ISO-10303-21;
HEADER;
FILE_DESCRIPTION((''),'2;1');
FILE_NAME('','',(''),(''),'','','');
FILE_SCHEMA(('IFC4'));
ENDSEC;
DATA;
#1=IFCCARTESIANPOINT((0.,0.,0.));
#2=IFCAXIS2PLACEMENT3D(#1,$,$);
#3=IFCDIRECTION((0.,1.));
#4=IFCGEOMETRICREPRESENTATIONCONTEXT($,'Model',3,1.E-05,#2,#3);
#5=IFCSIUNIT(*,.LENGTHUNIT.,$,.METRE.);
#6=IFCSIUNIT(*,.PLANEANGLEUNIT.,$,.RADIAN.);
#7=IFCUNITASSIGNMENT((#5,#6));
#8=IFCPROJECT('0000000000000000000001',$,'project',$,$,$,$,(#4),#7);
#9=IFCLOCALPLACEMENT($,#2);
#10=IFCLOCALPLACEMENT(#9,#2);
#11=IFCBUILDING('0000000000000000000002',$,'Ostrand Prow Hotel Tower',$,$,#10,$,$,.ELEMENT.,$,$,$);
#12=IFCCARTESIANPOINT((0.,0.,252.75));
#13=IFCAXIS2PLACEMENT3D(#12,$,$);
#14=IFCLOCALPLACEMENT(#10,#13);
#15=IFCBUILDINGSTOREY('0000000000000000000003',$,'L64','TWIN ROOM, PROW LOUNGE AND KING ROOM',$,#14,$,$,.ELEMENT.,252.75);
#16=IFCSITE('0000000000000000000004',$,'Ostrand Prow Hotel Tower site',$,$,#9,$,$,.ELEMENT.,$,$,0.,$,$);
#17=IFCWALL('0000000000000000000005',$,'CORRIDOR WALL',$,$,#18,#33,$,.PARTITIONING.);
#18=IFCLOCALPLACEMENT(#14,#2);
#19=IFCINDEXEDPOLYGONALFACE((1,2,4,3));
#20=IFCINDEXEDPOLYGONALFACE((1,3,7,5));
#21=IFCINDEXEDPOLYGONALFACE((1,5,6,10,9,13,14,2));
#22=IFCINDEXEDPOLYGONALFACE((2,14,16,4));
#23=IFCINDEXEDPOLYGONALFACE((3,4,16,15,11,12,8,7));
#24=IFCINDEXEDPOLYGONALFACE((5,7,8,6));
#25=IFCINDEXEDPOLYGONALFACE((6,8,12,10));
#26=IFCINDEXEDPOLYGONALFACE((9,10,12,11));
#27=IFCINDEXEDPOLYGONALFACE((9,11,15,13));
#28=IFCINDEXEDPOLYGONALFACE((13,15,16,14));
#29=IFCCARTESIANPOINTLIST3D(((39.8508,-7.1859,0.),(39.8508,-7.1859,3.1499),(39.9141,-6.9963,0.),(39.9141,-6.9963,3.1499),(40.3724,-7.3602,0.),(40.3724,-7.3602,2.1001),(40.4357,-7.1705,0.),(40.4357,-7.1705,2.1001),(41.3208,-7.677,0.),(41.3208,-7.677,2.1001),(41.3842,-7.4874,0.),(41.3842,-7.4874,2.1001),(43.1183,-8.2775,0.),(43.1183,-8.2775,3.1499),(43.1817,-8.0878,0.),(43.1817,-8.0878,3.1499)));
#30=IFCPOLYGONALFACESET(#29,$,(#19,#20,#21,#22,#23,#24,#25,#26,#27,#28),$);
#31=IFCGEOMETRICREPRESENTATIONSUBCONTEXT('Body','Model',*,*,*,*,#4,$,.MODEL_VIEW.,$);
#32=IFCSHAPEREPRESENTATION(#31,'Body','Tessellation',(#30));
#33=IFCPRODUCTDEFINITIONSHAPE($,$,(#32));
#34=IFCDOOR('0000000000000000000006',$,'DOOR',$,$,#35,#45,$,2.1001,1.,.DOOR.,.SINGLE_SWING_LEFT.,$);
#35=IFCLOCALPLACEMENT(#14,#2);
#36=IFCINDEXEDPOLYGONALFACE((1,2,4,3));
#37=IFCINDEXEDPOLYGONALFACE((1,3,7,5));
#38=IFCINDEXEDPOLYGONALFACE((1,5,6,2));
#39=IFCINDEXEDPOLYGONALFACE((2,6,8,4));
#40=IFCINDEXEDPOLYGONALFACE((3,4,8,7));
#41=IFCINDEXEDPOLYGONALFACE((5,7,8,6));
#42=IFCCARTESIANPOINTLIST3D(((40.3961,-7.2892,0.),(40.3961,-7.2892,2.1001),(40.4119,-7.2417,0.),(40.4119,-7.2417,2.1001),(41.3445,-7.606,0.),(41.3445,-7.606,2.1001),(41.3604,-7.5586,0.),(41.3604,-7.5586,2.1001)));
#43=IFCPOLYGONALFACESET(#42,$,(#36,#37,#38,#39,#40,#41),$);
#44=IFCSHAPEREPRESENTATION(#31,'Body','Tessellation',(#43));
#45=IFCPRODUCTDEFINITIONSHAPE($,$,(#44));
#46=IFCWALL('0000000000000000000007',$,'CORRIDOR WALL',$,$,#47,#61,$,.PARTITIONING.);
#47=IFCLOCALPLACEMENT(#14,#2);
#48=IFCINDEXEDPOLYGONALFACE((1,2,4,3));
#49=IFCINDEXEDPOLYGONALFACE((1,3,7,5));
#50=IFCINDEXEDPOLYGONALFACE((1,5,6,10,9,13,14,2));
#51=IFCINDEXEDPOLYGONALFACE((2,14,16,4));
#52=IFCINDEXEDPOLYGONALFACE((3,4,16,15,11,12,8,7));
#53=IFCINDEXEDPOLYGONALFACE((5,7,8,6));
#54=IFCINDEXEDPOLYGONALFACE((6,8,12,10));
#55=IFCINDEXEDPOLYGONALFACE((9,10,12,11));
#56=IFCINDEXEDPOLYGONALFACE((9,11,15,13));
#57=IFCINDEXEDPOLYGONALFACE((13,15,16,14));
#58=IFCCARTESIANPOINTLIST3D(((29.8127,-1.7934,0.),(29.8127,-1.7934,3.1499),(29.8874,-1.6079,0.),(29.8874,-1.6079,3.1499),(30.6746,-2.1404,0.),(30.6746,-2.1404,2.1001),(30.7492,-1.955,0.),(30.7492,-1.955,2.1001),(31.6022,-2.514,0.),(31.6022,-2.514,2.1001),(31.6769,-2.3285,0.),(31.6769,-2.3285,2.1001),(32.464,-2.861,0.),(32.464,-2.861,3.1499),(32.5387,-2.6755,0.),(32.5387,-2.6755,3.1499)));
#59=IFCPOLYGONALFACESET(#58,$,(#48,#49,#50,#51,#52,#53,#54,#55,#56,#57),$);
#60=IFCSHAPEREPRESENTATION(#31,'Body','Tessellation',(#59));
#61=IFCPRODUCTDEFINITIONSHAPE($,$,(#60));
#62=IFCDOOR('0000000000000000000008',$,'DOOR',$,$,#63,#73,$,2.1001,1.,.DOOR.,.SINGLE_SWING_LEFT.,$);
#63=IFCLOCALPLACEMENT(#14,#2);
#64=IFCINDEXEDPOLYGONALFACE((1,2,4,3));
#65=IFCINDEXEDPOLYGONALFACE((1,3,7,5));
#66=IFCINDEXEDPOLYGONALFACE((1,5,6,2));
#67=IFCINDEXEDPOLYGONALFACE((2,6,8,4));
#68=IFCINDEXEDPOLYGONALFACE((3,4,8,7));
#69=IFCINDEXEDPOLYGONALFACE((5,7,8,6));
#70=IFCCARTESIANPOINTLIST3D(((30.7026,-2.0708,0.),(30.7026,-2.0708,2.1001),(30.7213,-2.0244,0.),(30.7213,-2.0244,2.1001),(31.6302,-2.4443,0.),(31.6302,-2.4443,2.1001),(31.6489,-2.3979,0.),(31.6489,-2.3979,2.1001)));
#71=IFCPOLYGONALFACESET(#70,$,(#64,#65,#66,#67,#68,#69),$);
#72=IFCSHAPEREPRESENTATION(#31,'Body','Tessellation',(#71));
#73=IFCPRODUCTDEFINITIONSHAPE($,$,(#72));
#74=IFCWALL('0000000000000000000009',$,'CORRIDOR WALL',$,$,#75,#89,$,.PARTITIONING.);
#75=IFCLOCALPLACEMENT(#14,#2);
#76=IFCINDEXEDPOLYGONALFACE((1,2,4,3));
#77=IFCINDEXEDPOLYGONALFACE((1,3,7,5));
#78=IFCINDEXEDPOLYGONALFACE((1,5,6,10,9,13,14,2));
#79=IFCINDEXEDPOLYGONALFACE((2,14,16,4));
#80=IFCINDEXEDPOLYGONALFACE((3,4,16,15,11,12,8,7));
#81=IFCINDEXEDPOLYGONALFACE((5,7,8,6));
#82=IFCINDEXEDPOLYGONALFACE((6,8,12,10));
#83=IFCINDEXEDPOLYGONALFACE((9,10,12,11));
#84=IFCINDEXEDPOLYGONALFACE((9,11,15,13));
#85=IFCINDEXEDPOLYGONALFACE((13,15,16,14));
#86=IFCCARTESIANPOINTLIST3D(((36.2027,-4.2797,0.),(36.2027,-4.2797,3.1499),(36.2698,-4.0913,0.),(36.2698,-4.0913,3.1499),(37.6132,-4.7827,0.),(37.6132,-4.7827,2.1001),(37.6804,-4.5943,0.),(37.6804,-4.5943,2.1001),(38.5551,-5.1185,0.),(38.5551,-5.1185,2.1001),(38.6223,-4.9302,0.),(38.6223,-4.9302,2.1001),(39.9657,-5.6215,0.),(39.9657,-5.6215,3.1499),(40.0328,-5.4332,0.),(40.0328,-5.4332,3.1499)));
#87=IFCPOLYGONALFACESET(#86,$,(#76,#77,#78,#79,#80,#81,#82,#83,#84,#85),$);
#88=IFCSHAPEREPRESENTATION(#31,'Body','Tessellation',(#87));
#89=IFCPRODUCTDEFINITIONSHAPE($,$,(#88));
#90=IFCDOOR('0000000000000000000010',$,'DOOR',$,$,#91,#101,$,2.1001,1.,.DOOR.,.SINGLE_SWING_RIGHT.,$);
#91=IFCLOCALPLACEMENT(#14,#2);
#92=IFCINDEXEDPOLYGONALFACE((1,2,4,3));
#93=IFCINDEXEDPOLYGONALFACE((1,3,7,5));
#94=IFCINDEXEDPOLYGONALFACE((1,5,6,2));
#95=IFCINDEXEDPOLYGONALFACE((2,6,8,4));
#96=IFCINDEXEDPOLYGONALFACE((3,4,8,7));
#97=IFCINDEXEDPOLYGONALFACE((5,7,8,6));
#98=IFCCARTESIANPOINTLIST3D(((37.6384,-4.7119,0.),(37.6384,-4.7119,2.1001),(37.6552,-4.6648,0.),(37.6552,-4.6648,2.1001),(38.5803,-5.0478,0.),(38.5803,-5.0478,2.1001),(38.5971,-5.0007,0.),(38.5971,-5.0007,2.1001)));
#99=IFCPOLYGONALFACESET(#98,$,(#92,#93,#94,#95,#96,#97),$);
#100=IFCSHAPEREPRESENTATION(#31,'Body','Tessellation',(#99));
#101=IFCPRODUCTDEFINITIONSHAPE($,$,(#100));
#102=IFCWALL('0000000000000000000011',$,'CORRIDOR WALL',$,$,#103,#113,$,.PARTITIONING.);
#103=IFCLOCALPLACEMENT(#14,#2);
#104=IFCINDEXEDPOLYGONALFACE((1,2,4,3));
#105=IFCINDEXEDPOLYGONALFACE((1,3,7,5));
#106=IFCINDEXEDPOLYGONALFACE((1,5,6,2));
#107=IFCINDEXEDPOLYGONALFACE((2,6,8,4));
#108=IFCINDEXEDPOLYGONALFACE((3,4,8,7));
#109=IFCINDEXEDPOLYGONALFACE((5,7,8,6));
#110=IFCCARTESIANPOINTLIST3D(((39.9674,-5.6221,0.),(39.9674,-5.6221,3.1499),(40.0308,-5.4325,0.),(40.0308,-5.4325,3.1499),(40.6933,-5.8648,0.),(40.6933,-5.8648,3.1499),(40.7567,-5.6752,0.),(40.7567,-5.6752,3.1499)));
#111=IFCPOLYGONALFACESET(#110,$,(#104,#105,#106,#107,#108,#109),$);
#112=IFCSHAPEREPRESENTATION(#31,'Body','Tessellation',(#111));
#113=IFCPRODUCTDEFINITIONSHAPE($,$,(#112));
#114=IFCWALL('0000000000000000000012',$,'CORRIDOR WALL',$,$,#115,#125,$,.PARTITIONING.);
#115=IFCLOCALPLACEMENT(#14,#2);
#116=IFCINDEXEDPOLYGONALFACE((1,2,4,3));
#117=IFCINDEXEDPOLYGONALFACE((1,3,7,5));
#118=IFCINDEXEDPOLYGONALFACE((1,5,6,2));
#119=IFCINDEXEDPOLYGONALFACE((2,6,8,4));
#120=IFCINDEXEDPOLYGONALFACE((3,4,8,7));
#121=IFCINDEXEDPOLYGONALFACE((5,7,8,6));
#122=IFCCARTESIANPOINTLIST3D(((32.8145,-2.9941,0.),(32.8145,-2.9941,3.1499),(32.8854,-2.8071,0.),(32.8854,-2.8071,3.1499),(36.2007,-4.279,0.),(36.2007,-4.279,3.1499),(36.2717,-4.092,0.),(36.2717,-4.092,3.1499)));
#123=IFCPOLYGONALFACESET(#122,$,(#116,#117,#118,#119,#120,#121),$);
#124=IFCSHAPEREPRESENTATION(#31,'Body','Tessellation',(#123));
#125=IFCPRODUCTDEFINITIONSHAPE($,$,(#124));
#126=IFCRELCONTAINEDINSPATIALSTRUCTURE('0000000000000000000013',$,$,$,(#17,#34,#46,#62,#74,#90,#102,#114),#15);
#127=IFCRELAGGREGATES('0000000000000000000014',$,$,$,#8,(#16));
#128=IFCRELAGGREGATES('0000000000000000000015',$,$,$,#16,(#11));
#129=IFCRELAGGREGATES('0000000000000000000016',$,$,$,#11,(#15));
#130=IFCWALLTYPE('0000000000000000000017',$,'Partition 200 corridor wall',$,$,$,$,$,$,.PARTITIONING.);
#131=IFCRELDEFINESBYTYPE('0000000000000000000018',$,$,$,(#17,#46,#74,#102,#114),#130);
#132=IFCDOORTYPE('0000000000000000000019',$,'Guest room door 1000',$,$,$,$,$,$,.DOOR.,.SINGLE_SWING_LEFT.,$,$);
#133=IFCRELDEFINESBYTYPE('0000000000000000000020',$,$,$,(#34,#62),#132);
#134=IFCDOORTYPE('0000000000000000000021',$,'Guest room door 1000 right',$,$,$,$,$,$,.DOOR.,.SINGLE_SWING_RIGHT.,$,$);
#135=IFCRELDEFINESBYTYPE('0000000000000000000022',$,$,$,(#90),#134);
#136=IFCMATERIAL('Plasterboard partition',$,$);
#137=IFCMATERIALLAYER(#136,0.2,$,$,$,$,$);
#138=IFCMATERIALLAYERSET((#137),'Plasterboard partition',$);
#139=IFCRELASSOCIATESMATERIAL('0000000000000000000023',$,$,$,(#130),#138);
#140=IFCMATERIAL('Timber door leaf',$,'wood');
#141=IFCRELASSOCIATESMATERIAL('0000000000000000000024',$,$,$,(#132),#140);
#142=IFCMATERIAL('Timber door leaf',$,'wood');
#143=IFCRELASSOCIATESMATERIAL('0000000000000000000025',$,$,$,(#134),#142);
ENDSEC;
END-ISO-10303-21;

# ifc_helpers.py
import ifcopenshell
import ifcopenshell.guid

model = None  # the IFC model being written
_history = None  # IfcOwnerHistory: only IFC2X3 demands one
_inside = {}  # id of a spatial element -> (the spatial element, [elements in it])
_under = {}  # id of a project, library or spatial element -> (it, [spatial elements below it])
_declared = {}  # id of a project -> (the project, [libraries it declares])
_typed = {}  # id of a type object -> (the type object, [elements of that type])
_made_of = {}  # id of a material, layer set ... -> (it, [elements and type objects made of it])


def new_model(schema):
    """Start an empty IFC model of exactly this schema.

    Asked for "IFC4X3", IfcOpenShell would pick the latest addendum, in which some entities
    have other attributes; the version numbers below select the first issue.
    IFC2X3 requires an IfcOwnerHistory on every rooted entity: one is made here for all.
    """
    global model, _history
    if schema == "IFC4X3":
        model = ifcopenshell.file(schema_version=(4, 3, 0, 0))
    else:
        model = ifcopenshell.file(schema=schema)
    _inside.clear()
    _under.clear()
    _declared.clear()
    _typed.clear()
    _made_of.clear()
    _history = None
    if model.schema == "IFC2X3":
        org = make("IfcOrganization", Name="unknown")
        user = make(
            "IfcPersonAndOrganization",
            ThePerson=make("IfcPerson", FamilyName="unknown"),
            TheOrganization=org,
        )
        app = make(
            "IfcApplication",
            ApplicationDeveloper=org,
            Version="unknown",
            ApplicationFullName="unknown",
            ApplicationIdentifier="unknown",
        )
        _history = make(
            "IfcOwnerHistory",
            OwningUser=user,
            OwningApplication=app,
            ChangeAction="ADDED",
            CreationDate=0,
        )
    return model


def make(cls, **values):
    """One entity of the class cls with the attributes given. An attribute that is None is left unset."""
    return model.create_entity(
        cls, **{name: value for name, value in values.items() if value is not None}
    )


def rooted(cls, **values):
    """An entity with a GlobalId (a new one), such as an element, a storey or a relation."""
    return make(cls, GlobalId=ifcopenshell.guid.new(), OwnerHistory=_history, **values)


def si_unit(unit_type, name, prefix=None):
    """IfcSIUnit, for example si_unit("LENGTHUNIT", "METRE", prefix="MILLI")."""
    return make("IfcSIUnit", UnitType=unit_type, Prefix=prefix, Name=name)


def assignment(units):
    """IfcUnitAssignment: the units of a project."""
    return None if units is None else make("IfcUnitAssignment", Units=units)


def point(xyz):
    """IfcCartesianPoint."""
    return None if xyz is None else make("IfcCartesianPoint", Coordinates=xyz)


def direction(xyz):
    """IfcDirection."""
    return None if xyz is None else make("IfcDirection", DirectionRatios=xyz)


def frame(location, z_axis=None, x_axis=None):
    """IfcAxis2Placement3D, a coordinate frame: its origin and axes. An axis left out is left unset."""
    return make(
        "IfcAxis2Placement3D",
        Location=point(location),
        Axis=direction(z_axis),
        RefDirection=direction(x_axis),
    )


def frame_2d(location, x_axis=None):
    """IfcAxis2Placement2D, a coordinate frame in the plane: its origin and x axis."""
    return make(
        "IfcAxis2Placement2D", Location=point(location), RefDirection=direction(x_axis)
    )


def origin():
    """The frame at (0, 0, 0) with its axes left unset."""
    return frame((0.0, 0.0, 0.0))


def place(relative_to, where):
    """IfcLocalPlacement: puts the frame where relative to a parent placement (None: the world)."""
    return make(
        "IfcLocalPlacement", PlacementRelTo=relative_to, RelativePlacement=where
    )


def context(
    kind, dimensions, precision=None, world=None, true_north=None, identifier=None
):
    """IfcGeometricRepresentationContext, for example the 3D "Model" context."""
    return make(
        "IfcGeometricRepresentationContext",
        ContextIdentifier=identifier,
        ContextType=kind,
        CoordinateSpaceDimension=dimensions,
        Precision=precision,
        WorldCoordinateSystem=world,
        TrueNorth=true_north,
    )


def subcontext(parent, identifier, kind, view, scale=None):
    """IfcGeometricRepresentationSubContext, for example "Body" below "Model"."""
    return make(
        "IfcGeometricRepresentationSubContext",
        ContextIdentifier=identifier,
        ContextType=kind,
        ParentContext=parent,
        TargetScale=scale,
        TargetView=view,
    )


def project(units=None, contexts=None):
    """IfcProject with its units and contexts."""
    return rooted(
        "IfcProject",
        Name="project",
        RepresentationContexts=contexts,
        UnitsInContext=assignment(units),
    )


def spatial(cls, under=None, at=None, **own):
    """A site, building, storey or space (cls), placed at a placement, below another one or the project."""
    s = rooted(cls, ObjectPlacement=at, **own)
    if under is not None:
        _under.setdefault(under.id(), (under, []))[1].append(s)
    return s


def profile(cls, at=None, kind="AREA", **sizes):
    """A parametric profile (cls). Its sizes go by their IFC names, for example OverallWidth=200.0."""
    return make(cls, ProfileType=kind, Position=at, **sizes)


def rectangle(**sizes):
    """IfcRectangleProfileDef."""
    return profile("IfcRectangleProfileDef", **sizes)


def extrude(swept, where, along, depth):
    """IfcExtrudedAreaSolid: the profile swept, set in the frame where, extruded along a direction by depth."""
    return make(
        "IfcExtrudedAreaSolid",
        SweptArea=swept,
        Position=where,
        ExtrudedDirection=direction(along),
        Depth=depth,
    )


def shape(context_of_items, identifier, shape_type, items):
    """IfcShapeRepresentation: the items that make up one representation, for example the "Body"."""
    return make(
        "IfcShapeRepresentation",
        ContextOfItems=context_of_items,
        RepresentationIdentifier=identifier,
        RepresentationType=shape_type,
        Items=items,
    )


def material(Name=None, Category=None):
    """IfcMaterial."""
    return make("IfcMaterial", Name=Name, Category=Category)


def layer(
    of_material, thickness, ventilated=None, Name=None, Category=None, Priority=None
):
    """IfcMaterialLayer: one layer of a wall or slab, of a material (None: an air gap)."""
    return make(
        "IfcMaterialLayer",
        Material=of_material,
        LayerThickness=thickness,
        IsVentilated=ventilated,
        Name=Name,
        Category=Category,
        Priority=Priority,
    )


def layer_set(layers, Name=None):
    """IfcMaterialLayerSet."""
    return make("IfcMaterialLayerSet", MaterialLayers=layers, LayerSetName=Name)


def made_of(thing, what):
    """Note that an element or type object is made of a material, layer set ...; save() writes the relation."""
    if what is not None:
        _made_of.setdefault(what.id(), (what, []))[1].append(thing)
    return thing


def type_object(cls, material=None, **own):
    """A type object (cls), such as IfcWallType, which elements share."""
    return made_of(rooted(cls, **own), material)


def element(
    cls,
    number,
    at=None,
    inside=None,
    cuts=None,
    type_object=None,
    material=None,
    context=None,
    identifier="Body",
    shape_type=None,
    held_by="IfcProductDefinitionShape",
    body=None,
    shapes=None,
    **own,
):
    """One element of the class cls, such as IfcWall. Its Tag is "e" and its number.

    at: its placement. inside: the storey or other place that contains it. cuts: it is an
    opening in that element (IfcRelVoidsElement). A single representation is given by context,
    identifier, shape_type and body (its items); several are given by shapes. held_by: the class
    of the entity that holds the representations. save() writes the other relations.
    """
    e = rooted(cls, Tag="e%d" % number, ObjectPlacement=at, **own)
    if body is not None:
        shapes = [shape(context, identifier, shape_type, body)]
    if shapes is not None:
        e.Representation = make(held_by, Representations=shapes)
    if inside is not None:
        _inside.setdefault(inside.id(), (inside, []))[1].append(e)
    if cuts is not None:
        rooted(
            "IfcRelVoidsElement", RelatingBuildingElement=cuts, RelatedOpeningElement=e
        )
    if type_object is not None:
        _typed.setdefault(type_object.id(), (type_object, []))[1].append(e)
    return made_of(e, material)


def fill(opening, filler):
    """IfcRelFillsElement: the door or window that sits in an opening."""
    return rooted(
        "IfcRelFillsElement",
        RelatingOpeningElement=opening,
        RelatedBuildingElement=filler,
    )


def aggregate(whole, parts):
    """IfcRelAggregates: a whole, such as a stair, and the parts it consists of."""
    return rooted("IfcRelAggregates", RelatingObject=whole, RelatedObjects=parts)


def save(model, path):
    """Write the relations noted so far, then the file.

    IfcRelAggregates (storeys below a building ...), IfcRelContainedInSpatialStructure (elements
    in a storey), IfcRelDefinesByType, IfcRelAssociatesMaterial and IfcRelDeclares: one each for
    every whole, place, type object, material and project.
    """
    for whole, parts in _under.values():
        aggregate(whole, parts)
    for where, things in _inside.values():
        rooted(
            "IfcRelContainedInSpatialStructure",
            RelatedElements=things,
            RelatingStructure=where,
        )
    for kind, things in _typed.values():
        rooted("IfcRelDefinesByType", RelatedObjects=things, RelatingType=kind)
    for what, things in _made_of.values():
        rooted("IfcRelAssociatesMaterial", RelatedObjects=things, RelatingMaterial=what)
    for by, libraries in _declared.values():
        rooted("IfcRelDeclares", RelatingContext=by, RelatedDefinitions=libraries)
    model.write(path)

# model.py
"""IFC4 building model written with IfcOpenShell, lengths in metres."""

from ifc_helpers import new_model, si_unit, direction, frame, frame_2d, origin, place, context, subcontext, project, spatial, rectangle, extrude, material, layer, layer_set, type_object, element, fill, save


model = new_model("IFC4")

# Units and contexts
model_context = context("Model", 3, precision=1e-05, world=origin(), true_north=direction((0.0, 1.0)))
body_context = subcontext(model_context, "Body", "Model", "MODEL_VIEW")
ifc_project = project(units=[si_unit("LENGTHUNIT", "METRE"), si_unit("PLANEANGLEUNIT", "RADIAN")], contexts=[model_context])

# Site, building, storey
site_placement = place(None, origin())
site = spatial("IfcSite", under=ifc_project, at=site_placement, Name="Ostrand Prow Hotel Tower site", CompositionType="ELEMENT", RefElevation=0.0)
building_placement = place(site_placement, origin())
building = spatial("IfcBuilding", under=site, at=building_placement, Name="Ostrand Prow Hotel Tower", CompositionType="ELEMENT")
storey_placement = place(building_placement, frame((0.0, 0.0, 252.75)))
storey = spatial("IfcBuildingStorey", under=building, at=storey_placement, Name="L64", Description="TWIN ROOM, PROW LOUNGE AND KING ROOM", CompositionType="ELEMENT", Elevation=252.75)

# Walls, openings, doors
ifc_material_1 = material(Name="Plasterboard partition")
ifc_layer_1 = layer(ifc_material_1, 0.2)
ifc_layer_set_1 = layer_set([ifc_layer_1], Name="Plasterboard partition")
wall_type_1 = type_object("IfcWallType", Name="Partition 200 corridor wall", PredefinedType="PARTITIONING", material=ifc_layer_set_1)
ifc_material_2 = material(Name="Timber door leaf", Category="wood")
door_type_1 = type_object("IfcDoorType", Name="Guest room door 1000", OperationType="SINGLE_SWING_LEFT", PredefinedType="DOOR", material=ifc_material_2)
wall_1_placement = place(storey_placement, frame((39.8823, -7.0911, 0.0), z_axis=(0.0, 0.0, 1.0), x_axis=(0.948478, -0.316844, 0.0)))
wall_1 = element("IfcWall", 1, at=wall_1_placement, inside=storey, type_object=wall_type_1, Name="CORRIDOR WALL", PredefinedType="PARTITIONING", context=body_context, shape_type="SweptSolid", body=[
    extrude(rectangle(XDim=3.4451, YDim=0.2, at=frame_2d((1.7227, 0.0))), origin(), (0.0, 0.0, 1.0), 3.1499),
])
opening_1_placement = place(wall_1_placement, frame((0.55, 0.0, 0.0)))
opening_1 = element("IfcOpeningElement", 2, at=opening_1_placement, cuts=wall_1, PredefinedType="OPENING", context=body_context, shape_type="SweptSolid", body=[
    extrude(rectangle(XDim=1.0, YDim=2.1001, at=frame_2d((0.5, 1.05))), frame((0.0, 0.1099, 0.0), z_axis=(0.0, -1.0, 0.0), x_axis=(1.0, 0.0, 0.0)), (0.0, 0.0, 1.0), 0.22),
])
door_1_placement = place(opening_1_placement, origin())
door_1 = element("IfcDoor", 3, at=door_1_placement, inside=storey, type_object=door_type_1, Name="DOOR", OperationType="SINGLE_SWING_LEFT", OverallHeight=2.1001, OverallWidth=1.0, PredefinedType="DOOR", context=body_context, shape_type="SweptSolid", body=[
    extrude(rectangle(XDim=1.0, YDim=2.1001, at=frame_2d((0.5, 1.05))), frame((0.0, 0.0249, 0.0), z_axis=(0.0, -1.0, 0.0), x_axis=(1.0, 0.0, 0.0)), (0.0, 0.0, 1.0), 0.05),
])
fill(opening_1, door_1)
wall_2_placement = place(storey_placement, frame((32.5015, -2.7683, 0.0), z_axis=(0.0, 0.0, 1.0), x_axis=(-0.92762, 0.373525, 0.0)))
wall_2 = element("IfcWall", 4, at=wall_2_placement, inside=storey, type_object=wall_type_1, Name="CORRIDOR WALL", PredefinedType="PARTITIONING", context=body_context, shape_type="SweptSolid", body=[
    extrude(rectangle(XDim=2.8582, YDim=0.2, at=frame_2d((1.4292, 0.0))), origin(), (0.0, 0.0, 1.0), 3.1499),
])
opening_2_placement = place(wall_2_placement, frame((0.9292, 0.0, 0.0)))
opening_2 = element("IfcOpeningElement", 5, at=opening_2_placement, cuts=wall_2, PredefinedType="OPENING", context=body_context, shape_type="SweptSolid", body=[
    extrude(rectangle(XDim=1.0, YDim=2.1001, at=frame_2d((0.5, 1.05))), frame((0.0, 0.1099, 0.0), z_axis=(0.0, -1.0, 0.0), x_axis=(1.0, 0.0, 0.0)), (0.0, 0.0, 1.0), 0.22),
])
door_2_placement = place(opening_2_placement, origin())
door_2 = element("IfcDoor", 6, at=door_2_placement, inside=storey, type_object=door_type_1, Name="DOOR", OperationType="SINGLE_SWING_LEFT", OverallHeight=2.1001, OverallWidth=1.0, PredefinedType="DOOR", context=body_context, shape_type="SweptSolid", body=[
    extrude(rectangle(XDim=1.0, YDim=2.1001, at=frame_2d((0.5, 1.05))), frame((0.0, 0.0249, 0.0), z_axis=(0.0, -1.0, 0.0), x_axis=(1.0, 0.0, 0.0)), (0.0, 0.0, 1.0), 0.05),
])
fill(opening_2, door_2)
wall_3_placement = place(storey_placement, frame((39.9993, -5.5273, 0.0), z_axis=(0.0, 0.0, 1.0), x_axis=(-0.941909, 0.335868, 0.0)))
wall_3 = element("IfcWall", 7, at=wall_3_placement, inside=storey, type_object=wall_type_1, Name="CORRIDOR WALL", PredefinedType="PARTITIONING", context=body_context, shape_type="SweptSolid", body=[
    extrude(rectangle(XDim=3.9951, YDim=0.2, at=frame_2d((1.9976, 0.0))), origin(), (0.0, 0.0, 1.0), 3.1499),
])
opening_3_placement = place(wall_3_placement, frame((1.4976, 0.0, 0.0)))
opening_3 = element("IfcOpeningElement", 8, at=opening_3_placement, cuts=wall_3, PredefinedType="OPENING", context=body_context, shape_type="SweptSolid", body=[
    extrude(rectangle(XDim=1.0, YDim=2.1001, at=frame_2d((0.5, 1.05))), frame((0.0, 0.1099, 0.0), z_axis=(0.0, -1.0, 0.0), x_axis=(1.0, 0.0, 0.0)), (0.0, 0.0, 1.0), 0.22),
])
ifc_material_3 = material(Name="Timber door leaf", Category="wood")
door_type_2 = type_object("IfcDoorType", Name="Guest room door 1000 right", OperationType="SINGLE_SWING_RIGHT", PredefinedType="DOOR", material=ifc_material_3)
door_3_placement = place(opening_3_placement, origin())
door_3 = element("IfcDoor", 9, at=door_3_placement, inside=storey, type_object=door_type_2, Name="DOOR", OperationType="SINGLE_SWING_RIGHT", OverallHeight=2.1001, OverallWidth=1.0, PredefinedType="DOOR", context=body_context, shape_type="SweptSolid", body=[
    extrude(rectangle(XDim=1.0, YDim=2.1001, at=frame_2d((0.5, 1.05))), frame((0.0, 0.0249, 0.0), z_axis=(0.0, -1.0, 0.0), x_axis=(1.0, 0.0, 0.0)), (0.0, 0.0, 1.0), 0.05),
])
fill(opening_3, door_3)

# Walls
wall_4_placement = place(storey_placement, frame((40.7251, -5.77, 0.0), z_axis=(0.0, 0.0, 1.0), x_axis=(-0.948396, 0.317089, 0.0)))
element("IfcWall", 10, at=wall_4_placement, inside=storey, type_object=wall_type_1, Name="CORRIDOR WALL", PredefinedType="PARTITIONING", context=body_context, shape_type="SweptSolid", body=[
    extrude(rectangle(XDim=0.7654, YDim=0.2, at=frame_2d((0.3828, 0.0))), origin(), (0.0, 0.0, 1.0), 3.1499),
])
wall_5_placement = place(storey_placement, frame((36.2363, -4.1855, 0.0), z_axis=(0.0, 0.0, 1.0), x_axis=(-0.934954, 0.35477, 0.0)))
element("IfcWall", 11, at=wall_5_placement, inside=storey, type_object=wall_type_1, Name="CORRIDOR WALL", PredefinedType="PARTITIONING", context=body_context, shape_type="SweptSolid", body=[
    extrude(rectangle(XDim=3.6218, YDim=0.2, at=frame_2d((1.811, 0.0))), origin(), (0.0, 0.0, 1.0), 3.1499),
])

save(model, "model.ifc")
